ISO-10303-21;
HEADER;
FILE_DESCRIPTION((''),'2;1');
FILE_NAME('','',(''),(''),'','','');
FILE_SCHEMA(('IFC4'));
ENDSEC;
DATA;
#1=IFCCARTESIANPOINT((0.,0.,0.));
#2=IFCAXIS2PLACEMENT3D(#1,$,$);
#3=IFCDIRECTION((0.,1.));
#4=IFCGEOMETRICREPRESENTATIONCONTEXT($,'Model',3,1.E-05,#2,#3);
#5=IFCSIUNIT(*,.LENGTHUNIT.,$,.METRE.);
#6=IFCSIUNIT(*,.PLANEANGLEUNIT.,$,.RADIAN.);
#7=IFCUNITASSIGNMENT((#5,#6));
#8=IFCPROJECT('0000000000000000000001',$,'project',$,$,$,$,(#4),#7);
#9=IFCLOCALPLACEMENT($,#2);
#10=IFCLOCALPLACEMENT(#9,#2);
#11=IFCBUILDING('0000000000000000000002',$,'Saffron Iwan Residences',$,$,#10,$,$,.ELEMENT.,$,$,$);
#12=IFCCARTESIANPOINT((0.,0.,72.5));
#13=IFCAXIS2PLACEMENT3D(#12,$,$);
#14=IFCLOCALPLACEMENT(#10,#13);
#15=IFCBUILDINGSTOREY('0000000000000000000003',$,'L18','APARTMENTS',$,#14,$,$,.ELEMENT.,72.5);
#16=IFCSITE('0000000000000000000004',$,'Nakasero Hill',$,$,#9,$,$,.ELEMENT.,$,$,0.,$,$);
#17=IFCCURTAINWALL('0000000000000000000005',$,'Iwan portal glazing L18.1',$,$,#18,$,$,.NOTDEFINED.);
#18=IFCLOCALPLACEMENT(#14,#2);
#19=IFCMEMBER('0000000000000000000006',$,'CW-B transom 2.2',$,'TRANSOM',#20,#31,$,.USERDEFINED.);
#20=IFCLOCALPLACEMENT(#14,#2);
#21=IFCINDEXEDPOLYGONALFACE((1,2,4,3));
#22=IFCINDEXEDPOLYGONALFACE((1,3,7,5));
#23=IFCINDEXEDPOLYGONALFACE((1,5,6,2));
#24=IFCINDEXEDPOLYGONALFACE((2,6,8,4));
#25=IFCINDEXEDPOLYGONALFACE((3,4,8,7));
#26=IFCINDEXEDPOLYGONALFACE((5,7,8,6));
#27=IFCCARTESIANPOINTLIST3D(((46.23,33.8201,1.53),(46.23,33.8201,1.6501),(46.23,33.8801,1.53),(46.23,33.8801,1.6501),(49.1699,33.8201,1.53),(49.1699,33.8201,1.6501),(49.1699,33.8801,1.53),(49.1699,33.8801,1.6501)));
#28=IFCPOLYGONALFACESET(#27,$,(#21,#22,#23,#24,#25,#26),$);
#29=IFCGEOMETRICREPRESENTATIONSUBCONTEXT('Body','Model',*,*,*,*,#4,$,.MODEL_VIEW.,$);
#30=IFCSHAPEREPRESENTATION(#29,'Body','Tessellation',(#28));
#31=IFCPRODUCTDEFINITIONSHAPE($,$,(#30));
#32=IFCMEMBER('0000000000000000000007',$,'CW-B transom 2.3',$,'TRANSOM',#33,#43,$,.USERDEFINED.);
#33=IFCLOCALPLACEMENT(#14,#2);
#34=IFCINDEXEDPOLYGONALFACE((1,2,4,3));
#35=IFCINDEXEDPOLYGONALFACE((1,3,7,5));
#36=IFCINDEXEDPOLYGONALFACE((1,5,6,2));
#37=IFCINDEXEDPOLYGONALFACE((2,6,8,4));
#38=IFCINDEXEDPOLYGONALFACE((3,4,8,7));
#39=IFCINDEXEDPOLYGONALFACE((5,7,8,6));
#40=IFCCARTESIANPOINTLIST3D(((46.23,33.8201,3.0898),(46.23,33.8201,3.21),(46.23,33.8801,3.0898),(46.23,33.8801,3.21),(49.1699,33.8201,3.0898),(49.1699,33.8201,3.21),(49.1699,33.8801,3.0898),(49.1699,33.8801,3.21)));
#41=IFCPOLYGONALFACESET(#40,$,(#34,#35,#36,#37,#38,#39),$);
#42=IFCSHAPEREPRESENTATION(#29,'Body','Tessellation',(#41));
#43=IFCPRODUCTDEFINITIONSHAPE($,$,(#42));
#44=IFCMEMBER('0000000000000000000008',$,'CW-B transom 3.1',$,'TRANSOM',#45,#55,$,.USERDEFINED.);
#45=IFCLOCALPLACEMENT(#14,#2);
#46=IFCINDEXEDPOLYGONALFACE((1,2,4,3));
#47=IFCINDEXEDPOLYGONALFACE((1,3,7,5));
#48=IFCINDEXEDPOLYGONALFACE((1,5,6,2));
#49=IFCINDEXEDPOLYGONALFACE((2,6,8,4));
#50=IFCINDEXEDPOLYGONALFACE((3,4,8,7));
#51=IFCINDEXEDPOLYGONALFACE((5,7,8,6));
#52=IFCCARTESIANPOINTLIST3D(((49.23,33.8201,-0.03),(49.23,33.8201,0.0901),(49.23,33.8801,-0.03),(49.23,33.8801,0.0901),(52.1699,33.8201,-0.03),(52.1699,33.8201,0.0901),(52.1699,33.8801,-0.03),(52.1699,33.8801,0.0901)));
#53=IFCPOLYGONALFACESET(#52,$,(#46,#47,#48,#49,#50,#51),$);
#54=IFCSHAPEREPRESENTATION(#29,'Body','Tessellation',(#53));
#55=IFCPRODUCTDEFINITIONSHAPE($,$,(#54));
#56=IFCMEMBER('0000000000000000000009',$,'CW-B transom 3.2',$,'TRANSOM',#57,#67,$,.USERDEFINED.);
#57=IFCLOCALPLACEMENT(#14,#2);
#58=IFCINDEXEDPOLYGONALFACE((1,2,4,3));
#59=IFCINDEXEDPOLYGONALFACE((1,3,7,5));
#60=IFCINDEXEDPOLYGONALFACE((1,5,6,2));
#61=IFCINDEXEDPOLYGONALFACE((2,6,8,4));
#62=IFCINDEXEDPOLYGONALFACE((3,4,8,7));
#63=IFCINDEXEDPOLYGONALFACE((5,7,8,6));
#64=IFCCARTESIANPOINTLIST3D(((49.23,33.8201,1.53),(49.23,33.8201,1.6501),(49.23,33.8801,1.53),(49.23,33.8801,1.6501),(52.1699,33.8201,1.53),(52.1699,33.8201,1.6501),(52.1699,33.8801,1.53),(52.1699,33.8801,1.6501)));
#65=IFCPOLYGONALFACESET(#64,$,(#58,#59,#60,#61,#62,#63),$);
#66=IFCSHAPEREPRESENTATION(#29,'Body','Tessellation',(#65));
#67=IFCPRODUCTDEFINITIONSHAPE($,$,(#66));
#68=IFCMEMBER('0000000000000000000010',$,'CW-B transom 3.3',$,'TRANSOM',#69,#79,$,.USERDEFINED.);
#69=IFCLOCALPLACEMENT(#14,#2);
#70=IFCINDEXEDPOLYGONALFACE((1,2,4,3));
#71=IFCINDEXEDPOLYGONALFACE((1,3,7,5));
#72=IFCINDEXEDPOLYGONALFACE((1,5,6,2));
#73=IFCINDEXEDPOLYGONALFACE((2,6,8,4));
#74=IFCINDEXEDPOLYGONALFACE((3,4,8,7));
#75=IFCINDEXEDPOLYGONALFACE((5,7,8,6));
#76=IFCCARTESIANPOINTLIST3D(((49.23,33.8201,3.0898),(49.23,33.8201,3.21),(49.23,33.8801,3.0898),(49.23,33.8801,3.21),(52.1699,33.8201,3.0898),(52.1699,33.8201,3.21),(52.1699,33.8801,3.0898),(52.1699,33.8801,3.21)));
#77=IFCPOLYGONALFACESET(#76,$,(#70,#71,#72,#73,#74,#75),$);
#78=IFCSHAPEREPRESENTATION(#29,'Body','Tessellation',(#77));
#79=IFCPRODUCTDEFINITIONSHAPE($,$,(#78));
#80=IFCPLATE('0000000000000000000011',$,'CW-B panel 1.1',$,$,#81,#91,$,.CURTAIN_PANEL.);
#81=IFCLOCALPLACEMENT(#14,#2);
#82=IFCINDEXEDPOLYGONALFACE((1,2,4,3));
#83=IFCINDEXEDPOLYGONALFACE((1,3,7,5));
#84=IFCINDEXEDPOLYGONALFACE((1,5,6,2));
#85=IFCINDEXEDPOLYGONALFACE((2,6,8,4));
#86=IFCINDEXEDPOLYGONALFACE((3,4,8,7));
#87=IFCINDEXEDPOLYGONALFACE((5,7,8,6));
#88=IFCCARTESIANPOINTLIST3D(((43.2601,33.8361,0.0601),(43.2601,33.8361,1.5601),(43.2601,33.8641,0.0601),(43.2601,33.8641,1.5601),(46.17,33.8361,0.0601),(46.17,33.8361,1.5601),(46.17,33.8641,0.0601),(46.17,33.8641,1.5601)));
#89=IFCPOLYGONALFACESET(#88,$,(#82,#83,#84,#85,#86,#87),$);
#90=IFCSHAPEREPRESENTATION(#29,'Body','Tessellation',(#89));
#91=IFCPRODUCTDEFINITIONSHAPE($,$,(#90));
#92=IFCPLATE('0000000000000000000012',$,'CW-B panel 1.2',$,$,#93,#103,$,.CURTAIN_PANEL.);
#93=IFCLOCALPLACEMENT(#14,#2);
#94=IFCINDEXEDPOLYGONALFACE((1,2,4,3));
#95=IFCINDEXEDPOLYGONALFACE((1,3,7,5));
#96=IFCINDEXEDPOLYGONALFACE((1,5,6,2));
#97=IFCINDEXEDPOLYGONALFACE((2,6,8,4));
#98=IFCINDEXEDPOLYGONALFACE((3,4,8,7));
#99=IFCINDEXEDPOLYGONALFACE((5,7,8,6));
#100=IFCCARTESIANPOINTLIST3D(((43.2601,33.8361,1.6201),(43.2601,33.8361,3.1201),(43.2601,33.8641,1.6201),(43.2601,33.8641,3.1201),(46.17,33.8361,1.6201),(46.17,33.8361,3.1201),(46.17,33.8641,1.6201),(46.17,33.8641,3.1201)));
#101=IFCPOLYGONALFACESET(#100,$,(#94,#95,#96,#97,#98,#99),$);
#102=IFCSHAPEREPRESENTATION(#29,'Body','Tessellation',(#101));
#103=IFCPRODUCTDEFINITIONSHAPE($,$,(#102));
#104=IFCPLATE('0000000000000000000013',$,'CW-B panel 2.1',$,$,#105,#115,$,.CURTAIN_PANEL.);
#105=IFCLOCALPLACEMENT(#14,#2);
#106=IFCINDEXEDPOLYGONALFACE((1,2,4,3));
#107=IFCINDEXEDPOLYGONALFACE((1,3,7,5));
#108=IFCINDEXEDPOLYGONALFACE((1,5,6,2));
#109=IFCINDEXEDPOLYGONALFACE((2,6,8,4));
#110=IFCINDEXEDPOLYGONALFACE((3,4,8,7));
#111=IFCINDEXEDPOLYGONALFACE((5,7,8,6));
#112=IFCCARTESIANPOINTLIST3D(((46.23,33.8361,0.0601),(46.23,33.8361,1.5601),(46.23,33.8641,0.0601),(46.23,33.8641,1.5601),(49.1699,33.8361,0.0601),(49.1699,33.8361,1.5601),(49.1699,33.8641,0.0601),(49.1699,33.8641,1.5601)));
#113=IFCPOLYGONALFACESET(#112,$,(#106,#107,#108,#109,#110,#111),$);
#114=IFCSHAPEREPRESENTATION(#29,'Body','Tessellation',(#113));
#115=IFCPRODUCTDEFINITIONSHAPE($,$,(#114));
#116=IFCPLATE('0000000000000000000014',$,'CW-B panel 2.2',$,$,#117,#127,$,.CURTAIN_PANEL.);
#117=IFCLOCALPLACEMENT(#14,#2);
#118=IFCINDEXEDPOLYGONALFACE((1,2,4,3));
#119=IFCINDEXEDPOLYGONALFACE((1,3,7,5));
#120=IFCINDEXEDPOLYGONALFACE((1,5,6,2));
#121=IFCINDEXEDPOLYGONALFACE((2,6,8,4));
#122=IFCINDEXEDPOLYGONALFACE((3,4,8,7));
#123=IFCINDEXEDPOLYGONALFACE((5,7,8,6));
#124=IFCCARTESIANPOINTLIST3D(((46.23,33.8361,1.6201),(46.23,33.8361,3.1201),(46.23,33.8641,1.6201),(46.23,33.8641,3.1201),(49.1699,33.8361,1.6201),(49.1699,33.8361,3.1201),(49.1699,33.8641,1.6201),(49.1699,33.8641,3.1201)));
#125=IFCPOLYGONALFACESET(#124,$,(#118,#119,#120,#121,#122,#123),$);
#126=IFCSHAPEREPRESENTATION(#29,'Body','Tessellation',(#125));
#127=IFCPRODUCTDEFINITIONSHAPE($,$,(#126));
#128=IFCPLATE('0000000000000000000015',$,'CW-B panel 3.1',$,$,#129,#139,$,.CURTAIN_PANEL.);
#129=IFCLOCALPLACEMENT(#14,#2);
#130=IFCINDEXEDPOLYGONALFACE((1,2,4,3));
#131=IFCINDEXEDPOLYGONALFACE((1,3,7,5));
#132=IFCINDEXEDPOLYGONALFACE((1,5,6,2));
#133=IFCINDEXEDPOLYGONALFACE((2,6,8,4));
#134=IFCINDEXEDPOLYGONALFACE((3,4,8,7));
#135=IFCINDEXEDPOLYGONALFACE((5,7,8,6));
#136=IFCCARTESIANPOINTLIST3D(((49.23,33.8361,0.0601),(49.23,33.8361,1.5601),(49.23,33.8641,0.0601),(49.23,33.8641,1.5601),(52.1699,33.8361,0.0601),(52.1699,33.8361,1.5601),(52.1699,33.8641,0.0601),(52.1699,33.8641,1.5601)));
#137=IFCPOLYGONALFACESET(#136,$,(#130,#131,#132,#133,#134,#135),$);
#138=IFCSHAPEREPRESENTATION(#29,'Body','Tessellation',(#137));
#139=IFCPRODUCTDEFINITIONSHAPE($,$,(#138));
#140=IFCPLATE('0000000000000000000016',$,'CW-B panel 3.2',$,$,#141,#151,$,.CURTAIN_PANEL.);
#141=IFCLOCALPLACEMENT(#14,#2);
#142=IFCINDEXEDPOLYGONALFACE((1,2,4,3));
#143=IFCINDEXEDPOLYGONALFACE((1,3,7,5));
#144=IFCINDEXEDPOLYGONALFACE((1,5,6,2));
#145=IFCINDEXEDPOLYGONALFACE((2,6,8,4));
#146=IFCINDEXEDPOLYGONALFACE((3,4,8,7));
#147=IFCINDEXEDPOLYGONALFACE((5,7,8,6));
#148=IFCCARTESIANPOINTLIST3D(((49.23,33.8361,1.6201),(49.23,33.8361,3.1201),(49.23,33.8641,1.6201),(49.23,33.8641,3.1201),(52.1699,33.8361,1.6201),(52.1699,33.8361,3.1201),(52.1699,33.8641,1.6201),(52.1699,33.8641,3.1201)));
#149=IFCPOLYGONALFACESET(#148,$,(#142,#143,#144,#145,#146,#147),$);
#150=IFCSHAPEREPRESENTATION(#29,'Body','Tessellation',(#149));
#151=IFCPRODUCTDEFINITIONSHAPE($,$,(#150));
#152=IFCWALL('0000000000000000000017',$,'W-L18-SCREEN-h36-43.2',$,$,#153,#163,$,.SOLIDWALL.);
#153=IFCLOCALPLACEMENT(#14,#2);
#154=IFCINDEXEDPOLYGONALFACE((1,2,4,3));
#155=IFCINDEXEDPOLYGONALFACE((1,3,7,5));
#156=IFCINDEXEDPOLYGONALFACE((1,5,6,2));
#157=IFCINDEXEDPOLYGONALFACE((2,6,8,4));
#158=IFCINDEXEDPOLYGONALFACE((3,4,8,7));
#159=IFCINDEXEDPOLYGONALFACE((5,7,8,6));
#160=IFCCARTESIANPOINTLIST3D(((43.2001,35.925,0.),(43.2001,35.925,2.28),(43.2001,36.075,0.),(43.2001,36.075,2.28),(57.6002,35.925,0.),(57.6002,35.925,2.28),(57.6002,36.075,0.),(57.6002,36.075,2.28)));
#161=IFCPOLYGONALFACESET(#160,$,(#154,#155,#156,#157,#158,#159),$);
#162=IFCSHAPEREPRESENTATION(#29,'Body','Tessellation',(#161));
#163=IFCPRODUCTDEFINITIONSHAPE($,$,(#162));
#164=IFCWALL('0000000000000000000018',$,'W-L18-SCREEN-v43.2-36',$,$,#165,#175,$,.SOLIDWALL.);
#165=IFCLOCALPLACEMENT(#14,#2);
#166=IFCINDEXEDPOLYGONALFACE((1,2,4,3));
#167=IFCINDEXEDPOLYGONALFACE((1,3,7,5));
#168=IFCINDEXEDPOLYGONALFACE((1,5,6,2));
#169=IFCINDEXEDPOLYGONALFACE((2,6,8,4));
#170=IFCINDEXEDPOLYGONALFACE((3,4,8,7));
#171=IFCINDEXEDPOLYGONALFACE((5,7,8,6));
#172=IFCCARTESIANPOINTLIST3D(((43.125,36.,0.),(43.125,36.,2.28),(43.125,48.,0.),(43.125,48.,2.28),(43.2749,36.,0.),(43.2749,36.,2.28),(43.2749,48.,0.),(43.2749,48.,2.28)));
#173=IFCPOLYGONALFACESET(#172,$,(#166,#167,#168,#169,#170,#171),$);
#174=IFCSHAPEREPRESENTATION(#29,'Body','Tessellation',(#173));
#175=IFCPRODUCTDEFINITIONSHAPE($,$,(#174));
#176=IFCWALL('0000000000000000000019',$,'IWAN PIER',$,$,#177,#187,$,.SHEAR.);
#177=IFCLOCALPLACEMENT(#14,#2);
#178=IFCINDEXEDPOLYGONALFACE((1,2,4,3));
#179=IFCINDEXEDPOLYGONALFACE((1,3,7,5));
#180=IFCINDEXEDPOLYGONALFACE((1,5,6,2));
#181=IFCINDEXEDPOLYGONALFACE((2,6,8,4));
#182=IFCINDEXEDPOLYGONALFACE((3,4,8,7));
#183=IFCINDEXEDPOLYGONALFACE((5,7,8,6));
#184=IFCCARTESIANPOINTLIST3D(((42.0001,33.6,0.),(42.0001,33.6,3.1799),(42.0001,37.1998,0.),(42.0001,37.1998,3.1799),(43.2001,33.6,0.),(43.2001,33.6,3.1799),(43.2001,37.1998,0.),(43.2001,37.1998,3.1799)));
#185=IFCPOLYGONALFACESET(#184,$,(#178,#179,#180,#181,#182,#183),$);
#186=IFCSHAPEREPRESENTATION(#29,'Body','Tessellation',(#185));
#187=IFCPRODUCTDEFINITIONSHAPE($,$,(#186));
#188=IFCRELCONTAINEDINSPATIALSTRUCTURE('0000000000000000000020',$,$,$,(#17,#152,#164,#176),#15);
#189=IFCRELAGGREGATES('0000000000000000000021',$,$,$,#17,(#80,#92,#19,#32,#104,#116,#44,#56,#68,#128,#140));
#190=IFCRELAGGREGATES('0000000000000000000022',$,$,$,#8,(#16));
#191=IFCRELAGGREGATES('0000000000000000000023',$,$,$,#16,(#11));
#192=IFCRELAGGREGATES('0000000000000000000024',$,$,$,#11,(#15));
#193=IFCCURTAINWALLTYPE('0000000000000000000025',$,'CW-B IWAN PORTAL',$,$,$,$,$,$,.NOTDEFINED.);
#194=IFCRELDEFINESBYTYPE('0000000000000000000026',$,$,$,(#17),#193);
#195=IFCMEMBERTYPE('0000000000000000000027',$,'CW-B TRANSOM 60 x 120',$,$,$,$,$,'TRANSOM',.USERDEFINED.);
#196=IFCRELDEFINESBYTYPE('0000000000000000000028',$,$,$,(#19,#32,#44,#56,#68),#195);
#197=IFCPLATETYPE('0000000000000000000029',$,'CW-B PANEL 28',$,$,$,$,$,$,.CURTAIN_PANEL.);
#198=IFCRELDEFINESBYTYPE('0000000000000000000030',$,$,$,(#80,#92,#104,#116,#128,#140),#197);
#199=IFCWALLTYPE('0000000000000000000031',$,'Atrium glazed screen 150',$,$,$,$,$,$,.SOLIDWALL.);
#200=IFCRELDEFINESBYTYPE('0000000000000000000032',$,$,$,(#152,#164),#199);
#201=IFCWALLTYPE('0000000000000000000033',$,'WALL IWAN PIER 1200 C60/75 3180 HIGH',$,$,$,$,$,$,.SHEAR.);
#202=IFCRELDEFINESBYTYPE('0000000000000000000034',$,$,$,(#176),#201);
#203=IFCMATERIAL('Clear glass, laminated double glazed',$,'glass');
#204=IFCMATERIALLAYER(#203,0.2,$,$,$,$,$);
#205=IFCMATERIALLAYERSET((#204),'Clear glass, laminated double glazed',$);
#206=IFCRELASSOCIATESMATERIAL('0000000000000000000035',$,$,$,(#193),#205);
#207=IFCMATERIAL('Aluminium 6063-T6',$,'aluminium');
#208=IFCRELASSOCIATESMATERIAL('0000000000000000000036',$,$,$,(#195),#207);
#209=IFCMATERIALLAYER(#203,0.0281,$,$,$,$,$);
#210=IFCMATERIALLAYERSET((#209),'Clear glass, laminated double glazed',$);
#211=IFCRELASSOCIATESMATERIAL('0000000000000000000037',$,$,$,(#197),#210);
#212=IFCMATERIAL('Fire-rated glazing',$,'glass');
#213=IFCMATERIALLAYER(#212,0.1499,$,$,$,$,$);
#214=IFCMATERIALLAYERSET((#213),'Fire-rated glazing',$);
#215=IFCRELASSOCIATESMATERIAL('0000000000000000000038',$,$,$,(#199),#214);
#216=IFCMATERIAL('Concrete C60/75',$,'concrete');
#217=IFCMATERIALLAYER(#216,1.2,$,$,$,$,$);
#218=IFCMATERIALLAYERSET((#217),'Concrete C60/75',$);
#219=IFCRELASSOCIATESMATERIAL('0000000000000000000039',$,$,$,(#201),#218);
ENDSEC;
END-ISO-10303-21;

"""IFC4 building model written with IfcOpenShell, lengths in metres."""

from ifc_helpers import new_model, si_unit, direction, frame, frame_2d, origin, origin_2d, place, context, subcontext, project, spatial, rectangle, extrude, source, transform, mapped, material, layer, layer_set, material_profile, profile_set, type_object, element, aggregate, save


model = new_model("IFC4")

# Units and contexts
model_context = context("Model", 3, precision=1e-05, world=origin(), true_north=direction((0.0, 1.0)))
body_context = subcontext(model_context, "Body", "Model", "MODEL_VIEW")
ifc_project = project(units=[si_unit("LENGTHUNIT", "METRE"), si_unit("PLANEANGLEUNIT", "RADIAN")], contexts=[model_context])

# Site, building, storey
site_placement = place(None, origin())
site = spatial("IfcSite", under=ifc_project, at=site_placement, Name="Nakasero Hill", CompositionType="ELEMENT", RefElevation=0.0)
building_placement = place(site_placement, origin())
building = spatial("IfcBuilding", under=site, at=building_placement, Name="Saffron Iwan Residences", CompositionType="ELEMENT")
storey_placement = place(building_placement, frame((0.0, 0.0, 72.5)))
storey = spatial("IfcBuildingStorey", under=building, at=storey_placement, Name="L18", Description="APARTMENTS", CompositionType="ELEMENT", Elevation=72.5)

# Shared definitions
ifc_material_1 = material(Name="Concrete C60/75", Category="concrete")

# Curtain wall, members, plates
ifc_material_2 = material(Name="Clear glass, laminated double glazed", Category="glass")
ifc_layer_1 = layer(ifc_material_2, 0.2)
ifc_layer_set_1 = layer_set([ifc_layer_1], Name="Clear glass, laminated double glazed")
curtain_wall_type = type_object("IfcCurtainWallType", Name="CW-B IWAN PORTAL", PredefinedType="NOTDEFINED", material=ifc_layer_set_1)
curtain_wall_placement = place(storey_placement, origin())
curtain_wall = element("IfcCurtainWall", 1, at=curtain_wall_placement, inside=storey, type_object=curtain_wall_type, Name="Iwan portal glazing L18.1", PredefinedType="NOTDEFINED")
ifc_material_3 = material(Name="Aluminium 6063-T6", Category="aluminium")
ifc_material_profile_1 = material_profile(ifc_material_3, rectangle(XDim=0.0601, YDim=0.1201, at=origin_2d()), Name="CW-B TRANSOM 60 x 120")
ifc_profile_set_1 = profile_set([ifc_material_profile_1], Name="Aluminium 6063-T6")
member_type_1 = type_object("IfcMemberType", Name="CW-B TRANSOM 60 x 120", ElementType="TRANSOM", PredefinedType="USERDEFINED", material=ifc_profile_set_1)
shared_shape_1 = source(origin(), body_context, "Body", "SweptSolid", [
    extrude(rectangle(XDim=0.0601, YDim=0.1201, at=origin_2d()), origin(), (0.0, 0.0, 1.0), 2.9399),
])
member_1_placement = place(storey_placement, frame((46.23, 33.8501, 1.5901), z_axis=(1.0, 0.0, 0.0), x_axis=(0.0, 1.0, 0.0)))
member_1 = element("IfcMember", 2, at=member_1_placement, type_object=member_type_1, Name="CW-B transom 2.2", ObjectType="TRANSOM", PredefinedType="USERDEFINED", context=body_context, shape_type="MappedRepresentation", body=[
    mapped(shared_shape_1, transform((0.0, 0.0, 0.0))),
])
member_2_placement = place(storey_placement, frame((46.23, 33.8501, 3.1499), z_axis=(1.0, 0.0, 0.0), x_axis=(0.0, 1.0, 0.0)))
member_2 = element("IfcMember", 3, at=member_2_placement, type_object=member_type_1, Name="CW-B transom 2.3", ObjectType="TRANSOM", PredefinedType="USERDEFINED", context=body_context, shape_type="MappedRepresentation", body=[
    mapped(shared_shape_1, transform((0.0, 0.0, 0.0))),
])
member_3_placement = place(storey_placement, frame((49.23, 33.8501, 0.03), z_axis=(1.0, 0.0, 0.0), x_axis=(0.0, 1.0, 0.0)))
member_3 = element("IfcMember", 4, at=member_3_placement, type_object=member_type_1, Name="CW-B transom 3.1", ObjectType="TRANSOM", PredefinedType="USERDEFINED", context=body_context, shape_type="MappedRepresentation", body=[
    mapped(shared_shape_1, transform((0.0, 0.0, 0.0))),
])
member_4_placement = place(storey_placement, frame((49.23, 33.8501, 1.5901), z_axis=(1.0, 0.0, 0.0), x_axis=(0.0, 1.0, 0.0)))
member_4 = element("IfcMember", 5, at=member_4_placement, type_object=member_type_1, Name="CW-B transom 3.2", ObjectType="TRANSOM", PredefinedType="USERDEFINED", context=body_context, shape_type="MappedRepresentation", body=[
    mapped(shared_shape_1, transform((0.0, 0.0, 0.0))),
])
member_5_placement = place(storey_placement, frame((49.23, 33.8501, 3.1499), z_axis=(1.0, 0.0, 0.0), x_axis=(0.0, 1.0, 0.0)))
member_5 = element("IfcMember", 6, at=member_5_placement, type_object=member_type_1, Name="CW-B transom 3.3", ObjectType="TRANSOM", PredefinedType="USERDEFINED", context=body_context, shape_type="MappedRepresentation", body=[
    mapped(shared_shape_1, transform((0.0, 0.0, 0.0))),
])
ifc_layer_2 = layer(ifc_material_2, 0.0281)
ifc_layer_set_2 = layer_set([ifc_layer_2], Name="Clear glass, laminated double glazed")
plate_type = type_object("IfcPlateType", Name="CW-B PANEL 28", PredefinedType="CURTAIN_PANEL", material=ifc_layer_set_2)
shared_shape_2 = source(origin(), body_context, "Body", "SweptSolid", [
    extrude(rectangle(XDim=2.9099, YDim=0.0281, at=origin_2d()), origin(), (0.0, 0.0, 1.0), 1.5),
])
plate_1_placement = place(storey_placement, frame((44.7151, 33.8501, 0.0601), z_axis=(0.0, 0.0, 1.0), x_axis=(1.0, 0.0, 0.0)))
plate_1 = element("IfcPlate", 7, at=plate_1_placement, type_object=plate_type, Name="CW-B panel 1.1", PredefinedType="CURTAIN_PANEL", context=body_context, shape_type="MappedRepresentation", body=[
    mapped(shared_shape_2, transform((0.0, 0.0, 0.0))),
])
plate_2_placement = place(storey_placement, frame((44.7151, 33.8501, 1.6201), z_axis=(0.0, 0.0, 1.0), x_axis=(1.0, 0.0, 0.0)))
plate_2 = element("IfcPlate", 8, at=plate_2_placement, type_object=plate_type, Name="CW-B panel 1.2", PredefinedType="CURTAIN_PANEL", context=body_context, shape_type="MappedRepresentation", body=[
    mapped(shared_shape_2, transform((0.0, 0.0, 0.0))),
])
shared_shape_3 = source(origin(), body_context, "Body", "SweptSolid", [
    extrude(rectangle(XDim=2.9399, YDim=0.0281, at=origin_2d()), origin(), (0.0, 0.0, 1.0), 1.5),
])
plate_3_placement = place(storey_placement, frame((47.7, 33.8501, 0.0601), z_axis=(0.0, 0.0, 1.0), x_axis=(1.0, 0.0, 0.0)))
plate_3 = element("IfcPlate", 9, at=plate_3_placement, type_object=plate_type, Name="CW-B panel 2.1", PredefinedType="CURTAIN_PANEL", context=body_context, shape_type="MappedRepresentation", body=[
    mapped(shared_shape_3, transform((0.0, 0.0, 0.0))),
])
plate_4_placement = place(storey_placement, frame((47.7, 33.8501, 1.6201), z_axis=(0.0, 0.0, 1.0), x_axis=(1.0, 0.0, 0.0)))
plate_4 = element("IfcPlate", 10, at=plate_4_placement, type_object=plate_type, Name="CW-B panel 2.2", PredefinedType="CURTAIN_PANEL", context=body_context, shape_type="MappedRepresentation", body=[
    mapped(shared_shape_3, transform((0.0, 0.0, 0.0))),
])
plate_5_placement = place(storey_placement, frame((50.7, 33.8501, 0.0601), z_axis=(0.0, 0.0, 1.0), x_axis=(1.0, 0.0, 0.0)))
plate_5 = element("IfcPlate", 11, at=plate_5_placement, type_object=plate_type, Name="CW-B panel 3.1", PredefinedType="CURTAIN_PANEL", context=body_context, shape_type="MappedRepresentation", body=[
    mapped(shared_shape_3, transform((0.0, 0.0, 0.0))),
])
plate_6_placement = place(storey_placement, frame((50.7, 33.8501, 1.6201), z_axis=(0.0, 0.0, 1.0), x_axis=(1.0, 0.0, 0.0)))
plate_6 = element("IfcPlate", 12, at=plate_6_placement, type_object=plate_type, Name="CW-B panel 3.2", PredefinedType="CURTAIN_PANEL", context=body_context, shape_type="MappedRepresentation", body=[
    mapped(shared_shape_3, transform((0.0, 0.0, 0.0))),
])
aggregate(curtain_wall, [plate_1, plate_2, member_1, member_2, plate_3, plate_4, member_3, member_4, member_5, plate_5, plate_6])

# Walls
ifc_material_4 = material(Name="Fire-rated glazing", Category="glass")
ifc_layer_3 = layer(ifc_material_4, 0.1499)
ifc_layer_set_3 = layer_set([ifc_layer_3], Name="Fire-rated glazing")
wall_type_1 = type_object("IfcWallType", Name="Atrium glazed screen 150", PredefinedType="SOLIDWALL", material=ifc_layer_set_3)
wall_1_placement = place(storey_placement, frame((43.2, 36.0, 0.0), z_axis=(0.0, 0.0, 1.0), x_axis=(1.0, 0.0, 0.0)))
element("IfcWall", 13, at=wall_1_placement, inside=storey, type_object=wall_type_1, Name="W-L18-SCREEN-h36-43.2", PredefinedType="SOLIDWALL", context=body_context, shape_type="SweptSolid", body=[
    extrude(rectangle(XDim=14.4001, YDim=0.1499, at=frame_2d((7.2002, 0.0))), origin(), (0.0, 0.0, 1.0), 2.28),
])
wall_2_placement = place(storey_placement, frame((43.2, 36.0, 0.0), z_axis=(0.0, 0.0, 1.0), x_axis=(0.0, 1.0, 0.0)))
element("IfcWall", 14, at=wall_2_placement, inside=storey, type_object=wall_type_1, Name="W-L18-SCREEN-v43.2-36", PredefinedType="SOLIDWALL", context=body_context, shape_type="SweptSolid", body=[
    extrude(rectangle(XDim=12.0, YDim=0.1499, at=frame_2d((6.0, 0.0))), origin(), (0.0, 0.0, 1.0), 2.28),
])
ifc_layer_4 = layer(ifc_material_1, 1.2)
ifc_layer_set_4 = layer_set([ifc_layer_4], Name="Concrete C60/75")
wall_type_2 = type_object("IfcWallType", Name="WALL IWAN PIER 1200 C60/75 3180 HIGH", PredefinedType="SHEAR", material=ifc_layer_set_4)
wall_3_placement = place(storey_placement, frame((42.6001, 33.6001, 0.0), z_axis=(0.0, 0.0, 1.0), x_axis=(0.0, 1.0, 0.0)))
element("IfcWall", 15, at=wall_3_placement, inside=storey, type_object=wall_type_2, Name="IWAN PIER", PredefinedType="SHEAR", context=body_context, shape_type="SweptSolid", body=[
    extrude(rectangle(XDim=3.5999, YDim=1.2, at=frame_2d((1.7998, 0.0))), origin(), (0.0, 0.0, 1.0), 3.1799),
])

save(model, "model.ifc")
